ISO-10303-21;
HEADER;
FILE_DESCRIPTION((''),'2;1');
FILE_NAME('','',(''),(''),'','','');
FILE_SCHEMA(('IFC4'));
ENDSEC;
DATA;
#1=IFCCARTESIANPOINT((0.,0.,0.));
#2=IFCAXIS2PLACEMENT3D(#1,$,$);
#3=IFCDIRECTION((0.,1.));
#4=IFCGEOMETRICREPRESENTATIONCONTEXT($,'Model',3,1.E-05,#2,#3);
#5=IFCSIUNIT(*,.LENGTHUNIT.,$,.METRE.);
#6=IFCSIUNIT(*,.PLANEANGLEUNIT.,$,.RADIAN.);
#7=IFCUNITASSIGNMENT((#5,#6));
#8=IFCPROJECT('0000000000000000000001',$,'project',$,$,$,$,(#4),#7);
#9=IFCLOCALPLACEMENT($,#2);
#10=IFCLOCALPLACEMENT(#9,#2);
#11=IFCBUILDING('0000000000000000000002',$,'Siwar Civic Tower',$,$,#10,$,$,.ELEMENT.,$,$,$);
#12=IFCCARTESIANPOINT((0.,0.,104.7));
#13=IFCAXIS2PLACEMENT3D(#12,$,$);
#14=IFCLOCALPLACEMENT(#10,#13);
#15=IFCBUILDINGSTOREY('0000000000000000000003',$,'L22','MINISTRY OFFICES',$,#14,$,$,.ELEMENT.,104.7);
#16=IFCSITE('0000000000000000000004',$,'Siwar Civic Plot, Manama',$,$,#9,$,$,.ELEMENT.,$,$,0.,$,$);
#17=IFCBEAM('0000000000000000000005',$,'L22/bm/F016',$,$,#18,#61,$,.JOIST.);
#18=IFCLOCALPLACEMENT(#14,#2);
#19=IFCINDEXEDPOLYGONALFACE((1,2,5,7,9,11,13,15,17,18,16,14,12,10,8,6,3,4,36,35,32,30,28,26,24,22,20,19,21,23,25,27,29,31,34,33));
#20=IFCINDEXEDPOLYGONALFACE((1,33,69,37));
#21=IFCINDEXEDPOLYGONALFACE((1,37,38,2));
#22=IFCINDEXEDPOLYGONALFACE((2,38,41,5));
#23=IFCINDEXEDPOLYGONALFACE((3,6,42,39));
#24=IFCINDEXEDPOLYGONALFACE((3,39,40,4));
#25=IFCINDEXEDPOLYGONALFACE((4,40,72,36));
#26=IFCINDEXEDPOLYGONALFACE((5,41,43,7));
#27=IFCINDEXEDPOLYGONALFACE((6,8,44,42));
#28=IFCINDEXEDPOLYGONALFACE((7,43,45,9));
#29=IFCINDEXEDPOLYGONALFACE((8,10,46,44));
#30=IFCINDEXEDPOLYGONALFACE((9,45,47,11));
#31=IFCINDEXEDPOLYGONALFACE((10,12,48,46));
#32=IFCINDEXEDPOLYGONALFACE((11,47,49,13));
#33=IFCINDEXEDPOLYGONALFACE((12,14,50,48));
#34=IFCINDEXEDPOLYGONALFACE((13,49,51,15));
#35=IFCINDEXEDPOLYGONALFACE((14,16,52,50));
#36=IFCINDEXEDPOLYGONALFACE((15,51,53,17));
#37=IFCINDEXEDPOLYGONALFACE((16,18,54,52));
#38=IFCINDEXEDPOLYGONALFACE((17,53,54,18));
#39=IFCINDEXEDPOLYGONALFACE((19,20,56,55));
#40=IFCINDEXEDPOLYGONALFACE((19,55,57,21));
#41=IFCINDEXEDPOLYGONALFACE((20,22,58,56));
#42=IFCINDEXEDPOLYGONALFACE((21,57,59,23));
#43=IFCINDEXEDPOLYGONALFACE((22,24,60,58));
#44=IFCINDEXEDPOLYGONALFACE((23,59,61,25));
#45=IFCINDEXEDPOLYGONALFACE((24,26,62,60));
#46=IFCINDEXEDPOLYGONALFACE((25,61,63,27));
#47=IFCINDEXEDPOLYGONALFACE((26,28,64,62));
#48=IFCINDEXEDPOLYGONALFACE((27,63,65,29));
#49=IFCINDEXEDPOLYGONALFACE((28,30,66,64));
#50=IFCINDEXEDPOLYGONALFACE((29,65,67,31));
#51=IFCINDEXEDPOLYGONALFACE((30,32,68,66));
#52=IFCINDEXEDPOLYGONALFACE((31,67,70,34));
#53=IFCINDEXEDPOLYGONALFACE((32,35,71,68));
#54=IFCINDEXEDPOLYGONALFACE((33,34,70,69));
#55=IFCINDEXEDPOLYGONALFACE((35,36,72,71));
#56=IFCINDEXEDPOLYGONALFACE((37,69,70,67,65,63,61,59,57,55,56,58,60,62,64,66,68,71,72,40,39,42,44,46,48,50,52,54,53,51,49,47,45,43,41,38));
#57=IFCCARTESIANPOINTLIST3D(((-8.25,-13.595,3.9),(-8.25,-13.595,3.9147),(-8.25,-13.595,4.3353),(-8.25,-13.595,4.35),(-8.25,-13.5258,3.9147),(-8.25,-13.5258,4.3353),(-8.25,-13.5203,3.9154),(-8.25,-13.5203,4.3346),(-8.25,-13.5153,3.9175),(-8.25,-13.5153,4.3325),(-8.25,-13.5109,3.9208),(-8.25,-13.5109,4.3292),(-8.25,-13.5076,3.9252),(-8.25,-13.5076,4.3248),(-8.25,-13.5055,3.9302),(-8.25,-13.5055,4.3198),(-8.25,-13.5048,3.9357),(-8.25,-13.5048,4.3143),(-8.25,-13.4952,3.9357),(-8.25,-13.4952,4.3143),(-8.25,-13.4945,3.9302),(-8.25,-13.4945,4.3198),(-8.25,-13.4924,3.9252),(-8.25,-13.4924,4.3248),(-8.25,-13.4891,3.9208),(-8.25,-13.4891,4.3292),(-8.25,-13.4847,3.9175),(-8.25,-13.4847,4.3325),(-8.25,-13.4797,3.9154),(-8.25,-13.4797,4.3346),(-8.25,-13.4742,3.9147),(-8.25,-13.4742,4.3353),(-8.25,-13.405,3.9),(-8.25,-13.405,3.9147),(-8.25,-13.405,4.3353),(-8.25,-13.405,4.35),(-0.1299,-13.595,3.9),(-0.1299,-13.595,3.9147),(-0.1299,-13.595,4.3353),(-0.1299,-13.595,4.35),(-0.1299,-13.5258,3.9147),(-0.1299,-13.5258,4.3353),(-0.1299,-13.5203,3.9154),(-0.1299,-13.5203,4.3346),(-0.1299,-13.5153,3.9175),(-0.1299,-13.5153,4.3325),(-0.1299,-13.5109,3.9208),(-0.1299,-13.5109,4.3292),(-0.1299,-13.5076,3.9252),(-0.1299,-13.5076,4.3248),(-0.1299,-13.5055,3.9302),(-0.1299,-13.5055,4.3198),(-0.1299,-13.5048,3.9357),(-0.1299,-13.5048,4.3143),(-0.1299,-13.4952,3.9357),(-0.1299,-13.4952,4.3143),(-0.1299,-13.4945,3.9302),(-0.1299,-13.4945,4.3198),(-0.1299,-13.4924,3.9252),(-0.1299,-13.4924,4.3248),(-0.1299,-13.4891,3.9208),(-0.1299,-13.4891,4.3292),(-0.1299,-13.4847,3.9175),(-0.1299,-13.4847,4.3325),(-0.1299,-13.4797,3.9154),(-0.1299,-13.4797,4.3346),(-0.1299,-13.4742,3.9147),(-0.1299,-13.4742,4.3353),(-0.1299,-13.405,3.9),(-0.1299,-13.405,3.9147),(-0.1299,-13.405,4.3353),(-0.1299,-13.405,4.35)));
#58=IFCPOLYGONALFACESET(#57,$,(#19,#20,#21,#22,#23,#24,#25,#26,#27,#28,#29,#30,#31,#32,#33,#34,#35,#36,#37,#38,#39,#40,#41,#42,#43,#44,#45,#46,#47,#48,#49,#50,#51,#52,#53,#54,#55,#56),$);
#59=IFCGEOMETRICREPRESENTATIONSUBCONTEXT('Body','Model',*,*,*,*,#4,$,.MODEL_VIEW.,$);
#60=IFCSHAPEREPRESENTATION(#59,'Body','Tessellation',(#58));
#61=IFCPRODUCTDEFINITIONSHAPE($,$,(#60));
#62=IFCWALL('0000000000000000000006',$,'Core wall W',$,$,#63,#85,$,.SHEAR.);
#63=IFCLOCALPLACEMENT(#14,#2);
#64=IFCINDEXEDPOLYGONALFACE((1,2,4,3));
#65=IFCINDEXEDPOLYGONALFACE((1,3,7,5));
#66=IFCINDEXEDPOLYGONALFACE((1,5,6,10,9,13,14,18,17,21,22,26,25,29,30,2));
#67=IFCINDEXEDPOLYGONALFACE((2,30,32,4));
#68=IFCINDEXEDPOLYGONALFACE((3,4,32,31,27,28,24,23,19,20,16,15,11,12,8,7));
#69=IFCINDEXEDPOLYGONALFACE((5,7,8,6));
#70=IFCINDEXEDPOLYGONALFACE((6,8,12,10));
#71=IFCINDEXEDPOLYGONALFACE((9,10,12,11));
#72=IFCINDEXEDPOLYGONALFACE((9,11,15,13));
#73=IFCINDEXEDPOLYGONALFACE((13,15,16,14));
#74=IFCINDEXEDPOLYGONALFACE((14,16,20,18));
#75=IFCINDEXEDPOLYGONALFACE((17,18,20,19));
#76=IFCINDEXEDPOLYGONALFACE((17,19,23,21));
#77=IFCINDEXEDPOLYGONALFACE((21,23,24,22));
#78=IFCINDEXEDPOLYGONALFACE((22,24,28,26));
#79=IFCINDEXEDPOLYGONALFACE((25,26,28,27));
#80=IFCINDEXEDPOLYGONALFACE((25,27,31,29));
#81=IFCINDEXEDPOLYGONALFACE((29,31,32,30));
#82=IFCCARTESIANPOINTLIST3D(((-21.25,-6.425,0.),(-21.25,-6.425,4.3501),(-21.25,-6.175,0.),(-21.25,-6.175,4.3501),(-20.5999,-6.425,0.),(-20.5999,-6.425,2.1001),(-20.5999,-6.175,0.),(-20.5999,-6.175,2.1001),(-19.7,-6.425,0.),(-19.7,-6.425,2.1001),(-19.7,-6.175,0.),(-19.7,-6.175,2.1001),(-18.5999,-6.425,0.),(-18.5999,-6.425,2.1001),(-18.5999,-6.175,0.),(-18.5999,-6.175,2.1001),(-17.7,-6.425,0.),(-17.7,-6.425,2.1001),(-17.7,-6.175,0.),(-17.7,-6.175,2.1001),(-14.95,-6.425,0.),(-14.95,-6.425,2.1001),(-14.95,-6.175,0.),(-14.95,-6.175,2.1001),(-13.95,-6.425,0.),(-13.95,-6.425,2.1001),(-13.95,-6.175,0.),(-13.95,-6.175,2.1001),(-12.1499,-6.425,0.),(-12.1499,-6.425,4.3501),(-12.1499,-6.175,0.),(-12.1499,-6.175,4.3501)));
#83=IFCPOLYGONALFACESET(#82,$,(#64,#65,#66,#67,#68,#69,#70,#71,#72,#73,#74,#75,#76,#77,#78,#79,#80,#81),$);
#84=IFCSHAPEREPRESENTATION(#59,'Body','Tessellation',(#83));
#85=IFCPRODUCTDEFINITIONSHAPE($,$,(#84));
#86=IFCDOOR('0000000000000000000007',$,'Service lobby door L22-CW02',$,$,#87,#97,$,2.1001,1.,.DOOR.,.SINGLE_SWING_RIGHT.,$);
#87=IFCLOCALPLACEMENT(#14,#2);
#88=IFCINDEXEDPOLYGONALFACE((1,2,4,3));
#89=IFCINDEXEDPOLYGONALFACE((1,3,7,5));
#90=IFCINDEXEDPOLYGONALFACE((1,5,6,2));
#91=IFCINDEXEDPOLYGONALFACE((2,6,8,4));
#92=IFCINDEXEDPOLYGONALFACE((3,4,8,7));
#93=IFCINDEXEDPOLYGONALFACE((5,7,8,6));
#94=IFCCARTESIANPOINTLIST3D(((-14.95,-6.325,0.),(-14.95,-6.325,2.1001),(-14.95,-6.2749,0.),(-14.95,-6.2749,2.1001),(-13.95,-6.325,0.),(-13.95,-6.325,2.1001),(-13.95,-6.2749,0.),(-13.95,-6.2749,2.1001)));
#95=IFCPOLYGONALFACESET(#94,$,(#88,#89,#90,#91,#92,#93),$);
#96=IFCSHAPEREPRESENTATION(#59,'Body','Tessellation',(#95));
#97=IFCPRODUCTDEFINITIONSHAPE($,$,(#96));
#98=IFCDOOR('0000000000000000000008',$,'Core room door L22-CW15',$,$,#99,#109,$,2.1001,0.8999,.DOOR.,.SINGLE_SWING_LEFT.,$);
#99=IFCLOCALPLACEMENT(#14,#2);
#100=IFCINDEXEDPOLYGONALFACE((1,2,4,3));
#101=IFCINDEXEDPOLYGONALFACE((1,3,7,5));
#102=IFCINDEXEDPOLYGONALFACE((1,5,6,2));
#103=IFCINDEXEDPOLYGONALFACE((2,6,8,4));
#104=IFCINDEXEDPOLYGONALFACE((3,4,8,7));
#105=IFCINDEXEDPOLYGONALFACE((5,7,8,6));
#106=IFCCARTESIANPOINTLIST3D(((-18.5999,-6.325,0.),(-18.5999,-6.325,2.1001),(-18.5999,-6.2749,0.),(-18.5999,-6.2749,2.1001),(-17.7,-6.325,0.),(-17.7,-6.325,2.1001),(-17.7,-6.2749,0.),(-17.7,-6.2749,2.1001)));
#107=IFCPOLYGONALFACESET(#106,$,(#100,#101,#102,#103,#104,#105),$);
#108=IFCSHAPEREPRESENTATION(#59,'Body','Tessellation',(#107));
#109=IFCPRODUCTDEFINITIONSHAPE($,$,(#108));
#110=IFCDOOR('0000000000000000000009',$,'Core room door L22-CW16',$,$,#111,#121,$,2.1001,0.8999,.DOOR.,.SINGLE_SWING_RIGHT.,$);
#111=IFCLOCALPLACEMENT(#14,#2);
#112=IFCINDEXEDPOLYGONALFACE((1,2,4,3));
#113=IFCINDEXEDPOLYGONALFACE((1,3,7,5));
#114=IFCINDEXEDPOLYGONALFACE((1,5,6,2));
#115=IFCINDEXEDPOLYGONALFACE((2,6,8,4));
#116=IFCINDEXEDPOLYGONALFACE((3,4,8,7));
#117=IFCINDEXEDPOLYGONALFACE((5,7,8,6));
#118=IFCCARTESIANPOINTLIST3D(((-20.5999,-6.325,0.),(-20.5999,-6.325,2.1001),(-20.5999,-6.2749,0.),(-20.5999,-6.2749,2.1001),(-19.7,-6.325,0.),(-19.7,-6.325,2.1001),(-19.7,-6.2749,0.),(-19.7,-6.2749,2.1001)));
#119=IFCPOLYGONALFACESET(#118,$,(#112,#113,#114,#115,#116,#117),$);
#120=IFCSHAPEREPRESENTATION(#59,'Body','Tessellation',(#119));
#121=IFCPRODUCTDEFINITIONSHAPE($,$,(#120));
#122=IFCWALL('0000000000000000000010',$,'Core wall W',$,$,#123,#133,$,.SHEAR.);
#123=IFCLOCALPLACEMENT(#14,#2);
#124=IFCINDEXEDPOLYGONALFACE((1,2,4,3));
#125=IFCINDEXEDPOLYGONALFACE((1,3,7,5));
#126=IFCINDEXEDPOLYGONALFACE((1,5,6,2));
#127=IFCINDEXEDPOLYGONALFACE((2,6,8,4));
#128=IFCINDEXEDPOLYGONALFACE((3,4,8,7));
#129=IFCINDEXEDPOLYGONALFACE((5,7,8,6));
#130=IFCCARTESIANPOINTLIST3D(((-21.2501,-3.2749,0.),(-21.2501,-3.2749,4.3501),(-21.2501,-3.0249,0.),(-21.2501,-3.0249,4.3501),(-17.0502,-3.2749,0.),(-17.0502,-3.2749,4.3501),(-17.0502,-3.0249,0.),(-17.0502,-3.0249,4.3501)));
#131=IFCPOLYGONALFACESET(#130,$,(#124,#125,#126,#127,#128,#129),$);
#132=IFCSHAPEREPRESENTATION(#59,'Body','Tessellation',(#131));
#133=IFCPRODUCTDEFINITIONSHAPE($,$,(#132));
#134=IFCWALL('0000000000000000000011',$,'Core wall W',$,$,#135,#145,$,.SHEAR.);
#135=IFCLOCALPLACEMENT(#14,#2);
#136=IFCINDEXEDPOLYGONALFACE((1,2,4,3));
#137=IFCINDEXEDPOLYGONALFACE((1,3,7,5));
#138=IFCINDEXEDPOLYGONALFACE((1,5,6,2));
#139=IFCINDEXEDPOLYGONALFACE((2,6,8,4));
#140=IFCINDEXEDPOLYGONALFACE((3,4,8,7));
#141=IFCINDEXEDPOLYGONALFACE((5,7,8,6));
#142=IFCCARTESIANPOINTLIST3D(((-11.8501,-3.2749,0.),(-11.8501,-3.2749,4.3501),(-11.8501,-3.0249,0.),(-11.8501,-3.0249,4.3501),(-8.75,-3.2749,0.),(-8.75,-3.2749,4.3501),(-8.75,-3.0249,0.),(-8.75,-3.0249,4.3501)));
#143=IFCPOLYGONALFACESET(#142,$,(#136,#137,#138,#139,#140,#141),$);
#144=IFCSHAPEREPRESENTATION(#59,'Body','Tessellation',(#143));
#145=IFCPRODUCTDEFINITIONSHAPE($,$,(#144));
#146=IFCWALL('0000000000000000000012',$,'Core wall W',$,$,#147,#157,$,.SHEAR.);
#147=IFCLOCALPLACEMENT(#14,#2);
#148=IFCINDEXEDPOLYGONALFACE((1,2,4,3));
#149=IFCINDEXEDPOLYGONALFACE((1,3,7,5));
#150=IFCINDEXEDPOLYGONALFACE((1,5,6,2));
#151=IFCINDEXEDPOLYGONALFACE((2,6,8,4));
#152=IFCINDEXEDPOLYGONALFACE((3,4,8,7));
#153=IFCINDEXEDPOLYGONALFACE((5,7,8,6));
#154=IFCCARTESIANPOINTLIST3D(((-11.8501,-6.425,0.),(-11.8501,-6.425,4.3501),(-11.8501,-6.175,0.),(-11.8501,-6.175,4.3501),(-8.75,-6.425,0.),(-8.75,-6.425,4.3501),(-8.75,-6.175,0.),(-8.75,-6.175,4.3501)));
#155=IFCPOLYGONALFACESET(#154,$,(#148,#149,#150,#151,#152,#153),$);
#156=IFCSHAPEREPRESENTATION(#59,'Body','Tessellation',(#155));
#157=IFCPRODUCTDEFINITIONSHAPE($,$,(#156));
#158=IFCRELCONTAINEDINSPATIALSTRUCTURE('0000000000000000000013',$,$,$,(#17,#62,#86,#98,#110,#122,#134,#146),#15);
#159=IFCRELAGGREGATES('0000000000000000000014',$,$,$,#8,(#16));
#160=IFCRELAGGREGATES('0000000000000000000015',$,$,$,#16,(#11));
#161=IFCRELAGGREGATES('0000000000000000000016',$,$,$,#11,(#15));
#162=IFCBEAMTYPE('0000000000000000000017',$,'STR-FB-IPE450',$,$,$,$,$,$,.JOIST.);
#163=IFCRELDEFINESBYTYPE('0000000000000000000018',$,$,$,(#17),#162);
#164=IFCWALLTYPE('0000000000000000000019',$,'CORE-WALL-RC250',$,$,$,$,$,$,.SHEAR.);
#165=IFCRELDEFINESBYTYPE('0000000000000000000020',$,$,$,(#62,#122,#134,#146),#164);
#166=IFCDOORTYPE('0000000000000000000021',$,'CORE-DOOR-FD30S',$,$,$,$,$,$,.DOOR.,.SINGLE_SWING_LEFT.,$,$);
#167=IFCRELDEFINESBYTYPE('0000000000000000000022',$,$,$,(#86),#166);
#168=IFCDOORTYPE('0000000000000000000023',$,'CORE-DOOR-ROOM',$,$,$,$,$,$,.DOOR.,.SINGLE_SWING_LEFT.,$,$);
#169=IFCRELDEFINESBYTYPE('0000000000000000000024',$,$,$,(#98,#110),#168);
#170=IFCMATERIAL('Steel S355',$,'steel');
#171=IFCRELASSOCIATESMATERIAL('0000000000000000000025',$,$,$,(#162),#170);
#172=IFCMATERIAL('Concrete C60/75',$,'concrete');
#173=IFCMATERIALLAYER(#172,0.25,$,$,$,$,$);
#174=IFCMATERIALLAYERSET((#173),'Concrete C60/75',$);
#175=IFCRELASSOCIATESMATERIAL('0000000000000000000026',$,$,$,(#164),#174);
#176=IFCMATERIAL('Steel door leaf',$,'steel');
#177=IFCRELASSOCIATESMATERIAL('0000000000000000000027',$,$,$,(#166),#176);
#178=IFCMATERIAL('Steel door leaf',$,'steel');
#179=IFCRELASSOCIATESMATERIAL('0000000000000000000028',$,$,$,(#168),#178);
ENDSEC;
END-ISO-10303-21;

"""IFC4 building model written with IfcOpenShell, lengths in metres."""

from ifc_helpers import new_model, si_unit, direction, frame, frame_2d, origin, origin_2d, place, context, subcontext, project, spatial, rectangle, i_section, extrude, material, layer, layer_set, material_profile, profile_set, type_object, element, fill, save


model = new_model("IFC4")

# Units and contexts
model_context = context("Model", 3, precision=1e-05, world=origin(), true_north=direction((0.0, 1.0)))
body_context = subcontext(model_context, "Body", "Model", "MODEL_VIEW")
ifc_project = project(units=[si_unit("LENGTHUNIT", "METRE"), si_unit("PLANEANGLEUNIT", "RADIAN")], contexts=[model_context])

# Site, building, storey
site_placement = place(None, origin())
site = spatial("IfcSite", under=ifc_project, at=site_placement, Name="Siwar Civic Plot, Manama", CompositionType="ELEMENT", RefElevation=0.0)
building_placement = place(site_placement, origin())
building = spatial("IfcBuilding", under=site, at=building_placement, Name="Siwar Civic Tower", CompositionType="ELEMENT")
storey_placement = place(building_placement, frame((0.0, 0.0, 104.7)))
storey = spatial("IfcBuildingStorey", under=building, at=storey_placement, Name="L22", Description="MINISTRY OFFICES", CompositionType="ELEMENT", Elevation=104.7)

# Beam
ifc_material_1 = material(Name="Steel S355", Category="steel")
ifc_material_profile = material_profile(ifc_material_1, i_section(OverallWidth=0.1899, OverallDepth=0.45, WebThickness=0.0095, FlangeThickness=0.0146, FilletRadius=0.021, at=origin_2d()), Name="IPE450")
ifc_profile_set = profile_set([ifc_material_profile], Name="Steel S355")
beam_type = type_object("IfcBeamType", Name="STR-FB-IPE450", PredefinedType="JOIST", material=ifc_profile_set)
beam_placement = place(storey_placement, frame((-8.25, -13.5, 4.125), z_axis=(1.0, 0.0, 0.0), x_axis=(0.0, 1.0, 0.0)))
element("IfcBeam", 1, at=beam_placement, inside=storey, type_object=beam_type, Name="L22/bm/F016", PredefinedType="JOIST", context=body_context, shape_type="SweptSolid", body=[
    extrude(i_section(OverallWidth=0.1899, OverallDepth=0.45, WebThickness=0.0095, FlangeThickness=0.0146, FilletRadius=0.021, at=origin_2d()), origin(), (0.0, 0.0, 1.0), 8.1201),
])

# Wall, openings, doors
ifc_material_2 = material(Name="Concrete C60/75", Category="concrete")
ifc_layer_1 = layer(ifc_material_2, 0.25)
ifc_layer_set_1 = layer_set([ifc_layer_1], Name="Concrete C60/75")
wall_type_1 = type_object("IfcWallType", Name="CORE-WALL-RC250", PredefinedType="SHEAR", material=ifc_layer_set_1)
wall_1_placement = place(storey_placement, frame((-12.1499, -6.3, 0.0), z_axis=(0.0, 0.0, 1.0), x_axis=(-1.0, 0.0, 0.0)))
wall_1 = element("IfcWall", 2, at=wall_1_placement, inside=storey, type_object=wall_type_1, Name="Core wall W", PredefinedType="SHEAR", context=body_context, shape_type="SweptSolid", body=[
    extrude(rectangle(XDim=9.1001, YDim=0.25, at=frame_2d((4.55, 0.0))), origin(), (0.0, 0.0, 1.0), 4.3501),
])
opening_1_placement = place(wall_1_placement, frame((1.8, 0.0, 0.0)))
opening_1 = element("IfcOpeningElement", 3, at=opening_1_placement, cuts=wall_1, PredefinedType="OPENING", context=body_context, shape_type="SweptSolid", body=[
    extrude(rectangle(XDim=1.0, YDim=2.1001, at=frame_2d((0.5, 1.05))), frame((0.0, 0.135, 0.0), z_axis=(0.0, -1.0, 0.0), x_axis=(1.0, 0.0, 0.0)), (0.0, 0.0, 1.0), 0.27),
])
opening_2_placement = place(wall_1_placement, frame((5.55, 0.0, 0.0)))
opening_2 = element("IfcOpeningElement", 4, at=opening_2_placement, cuts=wall_1, PredefinedType="OPENING", context=body_context, shape_type="SweptSolid", body=[
    extrude(rectangle(XDim=0.8999, YDim=2.1001, at=frame_2d((0.45, 1.05))), frame((0.0, 0.135, 0.0), z_axis=(0.0, -1.0, 0.0), x_axis=(1.0, 0.0, 0.0)), (0.0, 0.0, 1.0), 0.27),
])
opening_3_placement = place(wall_1_placement, frame((7.55, 0.0, 0.0)))
opening_3 = element("IfcOpeningElement", 5, at=opening_3_placement, cuts=wall_1, PredefinedType="OPENING", context=body_context, shape_type="SweptSolid", body=[
    extrude(rectangle(XDim=0.8999, YDim=2.1001, at=frame_2d((0.45, 1.05))), frame((0.0, 0.135, 0.0), z_axis=(0.0, -1.0, 0.0), x_axis=(1.0, 0.0, 0.0)), (0.0, 0.0, 1.0), 0.27),
])
ifc_material_3 = material(Name="Steel door leaf", Category="steel")
door_type_1 = type_object("IfcDoorType", Name="CORE-DOOR-FD30S", OperationType="SINGLE_SWING_LEFT", PredefinedType="DOOR", material=ifc_material_3)
door_1_placement = place(opening_1_placement, origin())
door_1 = element("IfcDoor", 6, at=door_1_placement, inside=storey, type_object=door_type_1, Name="Service lobby door L22-CW02", OperationType="SINGLE_SWING_RIGHT", OverallHeight=2.1001, OverallWidth=1.0, PredefinedType="DOOR", context=body_context, shape_type="SweptSolid", body=[
    extrude(rectangle(XDim=1.0, YDim=2.1001, at=frame_2d((0.5, 1.05))), frame((0.0, 0.0249, 0.0), z_axis=(0.0, -1.0, 0.0), x_axis=(1.0, 0.0, 0.0)), (0.0, 0.0, 1.0), 0.05),
])
fill(opening_1, door_1)
ifc_material_4 = material(Name="Steel door leaf", Category="steel")
door_type_2 = type_object("IfcDoorType", Name="CORE-DOOR-ROOM", OperationType="SINGLE_SWING_LEFT", PredefinedType="DOOR", material=ifc_material_4)
door_2_placement = place(opening_2_placement, origin())
door_2 = element("IfcDoor", 7, at=door_2_placement, inside=storey, type_object=door_type_2, Name="Core room door L22-CW15", OperationType="SINGLE_SWING_LEFT", OverallHeight=2.1001, OverallWidth=0.8999, PredefinedType="DOOR", context=body_context, shape_type="SweptSolid", body=[
    extrude(rectangle(XDim=0.8999, YDim=2.1001, at=frame_2d((0.45, 1.05))), frame((0.0, 0.0249, 0.0), z_axis=(0.0, -1.0, 0.0), x_axis=(1.0, 0.0, 0.0)), (0.0, 0.0, 1.0), 0.05),
])
fill(opening_2, door_2)
door_3_placement = place(opening_3_placement, origin())
door_3 = element("IfcDoor", 8, at=door_3_placement, inside=storey, type_object=door_type_2, Name="Core room door L22-CW16", OperationType="SINGLE_SWING_RIGHT", OverallHeight=2.1001, OverallWidth=0.8999, PredefinedType="DOOR", context=body_context, shape_type="SweptSolid", body=[
    extrude(rectangle(XDim=0.8999, YDim=2.1001, at=frame_2d((0.45, 1.05))), frame((0.0, 0.0249, 0.0), z_axis=(0.0, -1.0, 0.0), x_axis=(1.0, 0.0, 0.0)), (0.0, 0.0, 1.0), 0.05),
])
fill(opening_3, door_3)

# Walls
wall_2_placement = place(storey_placement, frame((-17.05, -3.1499, 0.0), z_axis=(0.0, 0.0, 1.0), x_axis=(-1.0, 0.0, 0.0)))
element("IfcWall", 9, at=wall_2_placement, inside=storey, type_object=wall_type_1, Name="Core wall W", PredefinedType="SHEAR", context=body_context, shape_type="SweptSolid", body=[
    extrude(rectangle(XDim=4.2, YDim=0.25, at=frame_2d((2.1001, 0.0))), origin(), (0.0, 0.0, 1.0), 4.3501),
])
for number, where, z_axis, x_axis, name in (
    (10, (-8.75, -3.1499, 0.0), (0.0, 0.0, 1.0), (-1.0, 0.0, 0.0), "Core wall W"),
    (11, (-8.75, -6.3, 0.0), (0.0, 0.0, 1.0), (-1.0, 0.0, 0.0), "Core wall W"),
):
    element("IfcWall", number, at=place(storey_placement, frame(where, z_axis=z_axis, x_axis=x_axis)), inside=storey, type_object=wall_type_1, Name=name, PredefinedType="SHEAR", context=body_context, shape_type="SweptSolid", body=[
        extrude(rectangle(XDim=3.1001, YDim=0.25, at=frame_2d((1.55, 0.0))), origin(), (0.0, 0.0, 1.0), 4.3501),
    ])

save(model, "model.ifc")
